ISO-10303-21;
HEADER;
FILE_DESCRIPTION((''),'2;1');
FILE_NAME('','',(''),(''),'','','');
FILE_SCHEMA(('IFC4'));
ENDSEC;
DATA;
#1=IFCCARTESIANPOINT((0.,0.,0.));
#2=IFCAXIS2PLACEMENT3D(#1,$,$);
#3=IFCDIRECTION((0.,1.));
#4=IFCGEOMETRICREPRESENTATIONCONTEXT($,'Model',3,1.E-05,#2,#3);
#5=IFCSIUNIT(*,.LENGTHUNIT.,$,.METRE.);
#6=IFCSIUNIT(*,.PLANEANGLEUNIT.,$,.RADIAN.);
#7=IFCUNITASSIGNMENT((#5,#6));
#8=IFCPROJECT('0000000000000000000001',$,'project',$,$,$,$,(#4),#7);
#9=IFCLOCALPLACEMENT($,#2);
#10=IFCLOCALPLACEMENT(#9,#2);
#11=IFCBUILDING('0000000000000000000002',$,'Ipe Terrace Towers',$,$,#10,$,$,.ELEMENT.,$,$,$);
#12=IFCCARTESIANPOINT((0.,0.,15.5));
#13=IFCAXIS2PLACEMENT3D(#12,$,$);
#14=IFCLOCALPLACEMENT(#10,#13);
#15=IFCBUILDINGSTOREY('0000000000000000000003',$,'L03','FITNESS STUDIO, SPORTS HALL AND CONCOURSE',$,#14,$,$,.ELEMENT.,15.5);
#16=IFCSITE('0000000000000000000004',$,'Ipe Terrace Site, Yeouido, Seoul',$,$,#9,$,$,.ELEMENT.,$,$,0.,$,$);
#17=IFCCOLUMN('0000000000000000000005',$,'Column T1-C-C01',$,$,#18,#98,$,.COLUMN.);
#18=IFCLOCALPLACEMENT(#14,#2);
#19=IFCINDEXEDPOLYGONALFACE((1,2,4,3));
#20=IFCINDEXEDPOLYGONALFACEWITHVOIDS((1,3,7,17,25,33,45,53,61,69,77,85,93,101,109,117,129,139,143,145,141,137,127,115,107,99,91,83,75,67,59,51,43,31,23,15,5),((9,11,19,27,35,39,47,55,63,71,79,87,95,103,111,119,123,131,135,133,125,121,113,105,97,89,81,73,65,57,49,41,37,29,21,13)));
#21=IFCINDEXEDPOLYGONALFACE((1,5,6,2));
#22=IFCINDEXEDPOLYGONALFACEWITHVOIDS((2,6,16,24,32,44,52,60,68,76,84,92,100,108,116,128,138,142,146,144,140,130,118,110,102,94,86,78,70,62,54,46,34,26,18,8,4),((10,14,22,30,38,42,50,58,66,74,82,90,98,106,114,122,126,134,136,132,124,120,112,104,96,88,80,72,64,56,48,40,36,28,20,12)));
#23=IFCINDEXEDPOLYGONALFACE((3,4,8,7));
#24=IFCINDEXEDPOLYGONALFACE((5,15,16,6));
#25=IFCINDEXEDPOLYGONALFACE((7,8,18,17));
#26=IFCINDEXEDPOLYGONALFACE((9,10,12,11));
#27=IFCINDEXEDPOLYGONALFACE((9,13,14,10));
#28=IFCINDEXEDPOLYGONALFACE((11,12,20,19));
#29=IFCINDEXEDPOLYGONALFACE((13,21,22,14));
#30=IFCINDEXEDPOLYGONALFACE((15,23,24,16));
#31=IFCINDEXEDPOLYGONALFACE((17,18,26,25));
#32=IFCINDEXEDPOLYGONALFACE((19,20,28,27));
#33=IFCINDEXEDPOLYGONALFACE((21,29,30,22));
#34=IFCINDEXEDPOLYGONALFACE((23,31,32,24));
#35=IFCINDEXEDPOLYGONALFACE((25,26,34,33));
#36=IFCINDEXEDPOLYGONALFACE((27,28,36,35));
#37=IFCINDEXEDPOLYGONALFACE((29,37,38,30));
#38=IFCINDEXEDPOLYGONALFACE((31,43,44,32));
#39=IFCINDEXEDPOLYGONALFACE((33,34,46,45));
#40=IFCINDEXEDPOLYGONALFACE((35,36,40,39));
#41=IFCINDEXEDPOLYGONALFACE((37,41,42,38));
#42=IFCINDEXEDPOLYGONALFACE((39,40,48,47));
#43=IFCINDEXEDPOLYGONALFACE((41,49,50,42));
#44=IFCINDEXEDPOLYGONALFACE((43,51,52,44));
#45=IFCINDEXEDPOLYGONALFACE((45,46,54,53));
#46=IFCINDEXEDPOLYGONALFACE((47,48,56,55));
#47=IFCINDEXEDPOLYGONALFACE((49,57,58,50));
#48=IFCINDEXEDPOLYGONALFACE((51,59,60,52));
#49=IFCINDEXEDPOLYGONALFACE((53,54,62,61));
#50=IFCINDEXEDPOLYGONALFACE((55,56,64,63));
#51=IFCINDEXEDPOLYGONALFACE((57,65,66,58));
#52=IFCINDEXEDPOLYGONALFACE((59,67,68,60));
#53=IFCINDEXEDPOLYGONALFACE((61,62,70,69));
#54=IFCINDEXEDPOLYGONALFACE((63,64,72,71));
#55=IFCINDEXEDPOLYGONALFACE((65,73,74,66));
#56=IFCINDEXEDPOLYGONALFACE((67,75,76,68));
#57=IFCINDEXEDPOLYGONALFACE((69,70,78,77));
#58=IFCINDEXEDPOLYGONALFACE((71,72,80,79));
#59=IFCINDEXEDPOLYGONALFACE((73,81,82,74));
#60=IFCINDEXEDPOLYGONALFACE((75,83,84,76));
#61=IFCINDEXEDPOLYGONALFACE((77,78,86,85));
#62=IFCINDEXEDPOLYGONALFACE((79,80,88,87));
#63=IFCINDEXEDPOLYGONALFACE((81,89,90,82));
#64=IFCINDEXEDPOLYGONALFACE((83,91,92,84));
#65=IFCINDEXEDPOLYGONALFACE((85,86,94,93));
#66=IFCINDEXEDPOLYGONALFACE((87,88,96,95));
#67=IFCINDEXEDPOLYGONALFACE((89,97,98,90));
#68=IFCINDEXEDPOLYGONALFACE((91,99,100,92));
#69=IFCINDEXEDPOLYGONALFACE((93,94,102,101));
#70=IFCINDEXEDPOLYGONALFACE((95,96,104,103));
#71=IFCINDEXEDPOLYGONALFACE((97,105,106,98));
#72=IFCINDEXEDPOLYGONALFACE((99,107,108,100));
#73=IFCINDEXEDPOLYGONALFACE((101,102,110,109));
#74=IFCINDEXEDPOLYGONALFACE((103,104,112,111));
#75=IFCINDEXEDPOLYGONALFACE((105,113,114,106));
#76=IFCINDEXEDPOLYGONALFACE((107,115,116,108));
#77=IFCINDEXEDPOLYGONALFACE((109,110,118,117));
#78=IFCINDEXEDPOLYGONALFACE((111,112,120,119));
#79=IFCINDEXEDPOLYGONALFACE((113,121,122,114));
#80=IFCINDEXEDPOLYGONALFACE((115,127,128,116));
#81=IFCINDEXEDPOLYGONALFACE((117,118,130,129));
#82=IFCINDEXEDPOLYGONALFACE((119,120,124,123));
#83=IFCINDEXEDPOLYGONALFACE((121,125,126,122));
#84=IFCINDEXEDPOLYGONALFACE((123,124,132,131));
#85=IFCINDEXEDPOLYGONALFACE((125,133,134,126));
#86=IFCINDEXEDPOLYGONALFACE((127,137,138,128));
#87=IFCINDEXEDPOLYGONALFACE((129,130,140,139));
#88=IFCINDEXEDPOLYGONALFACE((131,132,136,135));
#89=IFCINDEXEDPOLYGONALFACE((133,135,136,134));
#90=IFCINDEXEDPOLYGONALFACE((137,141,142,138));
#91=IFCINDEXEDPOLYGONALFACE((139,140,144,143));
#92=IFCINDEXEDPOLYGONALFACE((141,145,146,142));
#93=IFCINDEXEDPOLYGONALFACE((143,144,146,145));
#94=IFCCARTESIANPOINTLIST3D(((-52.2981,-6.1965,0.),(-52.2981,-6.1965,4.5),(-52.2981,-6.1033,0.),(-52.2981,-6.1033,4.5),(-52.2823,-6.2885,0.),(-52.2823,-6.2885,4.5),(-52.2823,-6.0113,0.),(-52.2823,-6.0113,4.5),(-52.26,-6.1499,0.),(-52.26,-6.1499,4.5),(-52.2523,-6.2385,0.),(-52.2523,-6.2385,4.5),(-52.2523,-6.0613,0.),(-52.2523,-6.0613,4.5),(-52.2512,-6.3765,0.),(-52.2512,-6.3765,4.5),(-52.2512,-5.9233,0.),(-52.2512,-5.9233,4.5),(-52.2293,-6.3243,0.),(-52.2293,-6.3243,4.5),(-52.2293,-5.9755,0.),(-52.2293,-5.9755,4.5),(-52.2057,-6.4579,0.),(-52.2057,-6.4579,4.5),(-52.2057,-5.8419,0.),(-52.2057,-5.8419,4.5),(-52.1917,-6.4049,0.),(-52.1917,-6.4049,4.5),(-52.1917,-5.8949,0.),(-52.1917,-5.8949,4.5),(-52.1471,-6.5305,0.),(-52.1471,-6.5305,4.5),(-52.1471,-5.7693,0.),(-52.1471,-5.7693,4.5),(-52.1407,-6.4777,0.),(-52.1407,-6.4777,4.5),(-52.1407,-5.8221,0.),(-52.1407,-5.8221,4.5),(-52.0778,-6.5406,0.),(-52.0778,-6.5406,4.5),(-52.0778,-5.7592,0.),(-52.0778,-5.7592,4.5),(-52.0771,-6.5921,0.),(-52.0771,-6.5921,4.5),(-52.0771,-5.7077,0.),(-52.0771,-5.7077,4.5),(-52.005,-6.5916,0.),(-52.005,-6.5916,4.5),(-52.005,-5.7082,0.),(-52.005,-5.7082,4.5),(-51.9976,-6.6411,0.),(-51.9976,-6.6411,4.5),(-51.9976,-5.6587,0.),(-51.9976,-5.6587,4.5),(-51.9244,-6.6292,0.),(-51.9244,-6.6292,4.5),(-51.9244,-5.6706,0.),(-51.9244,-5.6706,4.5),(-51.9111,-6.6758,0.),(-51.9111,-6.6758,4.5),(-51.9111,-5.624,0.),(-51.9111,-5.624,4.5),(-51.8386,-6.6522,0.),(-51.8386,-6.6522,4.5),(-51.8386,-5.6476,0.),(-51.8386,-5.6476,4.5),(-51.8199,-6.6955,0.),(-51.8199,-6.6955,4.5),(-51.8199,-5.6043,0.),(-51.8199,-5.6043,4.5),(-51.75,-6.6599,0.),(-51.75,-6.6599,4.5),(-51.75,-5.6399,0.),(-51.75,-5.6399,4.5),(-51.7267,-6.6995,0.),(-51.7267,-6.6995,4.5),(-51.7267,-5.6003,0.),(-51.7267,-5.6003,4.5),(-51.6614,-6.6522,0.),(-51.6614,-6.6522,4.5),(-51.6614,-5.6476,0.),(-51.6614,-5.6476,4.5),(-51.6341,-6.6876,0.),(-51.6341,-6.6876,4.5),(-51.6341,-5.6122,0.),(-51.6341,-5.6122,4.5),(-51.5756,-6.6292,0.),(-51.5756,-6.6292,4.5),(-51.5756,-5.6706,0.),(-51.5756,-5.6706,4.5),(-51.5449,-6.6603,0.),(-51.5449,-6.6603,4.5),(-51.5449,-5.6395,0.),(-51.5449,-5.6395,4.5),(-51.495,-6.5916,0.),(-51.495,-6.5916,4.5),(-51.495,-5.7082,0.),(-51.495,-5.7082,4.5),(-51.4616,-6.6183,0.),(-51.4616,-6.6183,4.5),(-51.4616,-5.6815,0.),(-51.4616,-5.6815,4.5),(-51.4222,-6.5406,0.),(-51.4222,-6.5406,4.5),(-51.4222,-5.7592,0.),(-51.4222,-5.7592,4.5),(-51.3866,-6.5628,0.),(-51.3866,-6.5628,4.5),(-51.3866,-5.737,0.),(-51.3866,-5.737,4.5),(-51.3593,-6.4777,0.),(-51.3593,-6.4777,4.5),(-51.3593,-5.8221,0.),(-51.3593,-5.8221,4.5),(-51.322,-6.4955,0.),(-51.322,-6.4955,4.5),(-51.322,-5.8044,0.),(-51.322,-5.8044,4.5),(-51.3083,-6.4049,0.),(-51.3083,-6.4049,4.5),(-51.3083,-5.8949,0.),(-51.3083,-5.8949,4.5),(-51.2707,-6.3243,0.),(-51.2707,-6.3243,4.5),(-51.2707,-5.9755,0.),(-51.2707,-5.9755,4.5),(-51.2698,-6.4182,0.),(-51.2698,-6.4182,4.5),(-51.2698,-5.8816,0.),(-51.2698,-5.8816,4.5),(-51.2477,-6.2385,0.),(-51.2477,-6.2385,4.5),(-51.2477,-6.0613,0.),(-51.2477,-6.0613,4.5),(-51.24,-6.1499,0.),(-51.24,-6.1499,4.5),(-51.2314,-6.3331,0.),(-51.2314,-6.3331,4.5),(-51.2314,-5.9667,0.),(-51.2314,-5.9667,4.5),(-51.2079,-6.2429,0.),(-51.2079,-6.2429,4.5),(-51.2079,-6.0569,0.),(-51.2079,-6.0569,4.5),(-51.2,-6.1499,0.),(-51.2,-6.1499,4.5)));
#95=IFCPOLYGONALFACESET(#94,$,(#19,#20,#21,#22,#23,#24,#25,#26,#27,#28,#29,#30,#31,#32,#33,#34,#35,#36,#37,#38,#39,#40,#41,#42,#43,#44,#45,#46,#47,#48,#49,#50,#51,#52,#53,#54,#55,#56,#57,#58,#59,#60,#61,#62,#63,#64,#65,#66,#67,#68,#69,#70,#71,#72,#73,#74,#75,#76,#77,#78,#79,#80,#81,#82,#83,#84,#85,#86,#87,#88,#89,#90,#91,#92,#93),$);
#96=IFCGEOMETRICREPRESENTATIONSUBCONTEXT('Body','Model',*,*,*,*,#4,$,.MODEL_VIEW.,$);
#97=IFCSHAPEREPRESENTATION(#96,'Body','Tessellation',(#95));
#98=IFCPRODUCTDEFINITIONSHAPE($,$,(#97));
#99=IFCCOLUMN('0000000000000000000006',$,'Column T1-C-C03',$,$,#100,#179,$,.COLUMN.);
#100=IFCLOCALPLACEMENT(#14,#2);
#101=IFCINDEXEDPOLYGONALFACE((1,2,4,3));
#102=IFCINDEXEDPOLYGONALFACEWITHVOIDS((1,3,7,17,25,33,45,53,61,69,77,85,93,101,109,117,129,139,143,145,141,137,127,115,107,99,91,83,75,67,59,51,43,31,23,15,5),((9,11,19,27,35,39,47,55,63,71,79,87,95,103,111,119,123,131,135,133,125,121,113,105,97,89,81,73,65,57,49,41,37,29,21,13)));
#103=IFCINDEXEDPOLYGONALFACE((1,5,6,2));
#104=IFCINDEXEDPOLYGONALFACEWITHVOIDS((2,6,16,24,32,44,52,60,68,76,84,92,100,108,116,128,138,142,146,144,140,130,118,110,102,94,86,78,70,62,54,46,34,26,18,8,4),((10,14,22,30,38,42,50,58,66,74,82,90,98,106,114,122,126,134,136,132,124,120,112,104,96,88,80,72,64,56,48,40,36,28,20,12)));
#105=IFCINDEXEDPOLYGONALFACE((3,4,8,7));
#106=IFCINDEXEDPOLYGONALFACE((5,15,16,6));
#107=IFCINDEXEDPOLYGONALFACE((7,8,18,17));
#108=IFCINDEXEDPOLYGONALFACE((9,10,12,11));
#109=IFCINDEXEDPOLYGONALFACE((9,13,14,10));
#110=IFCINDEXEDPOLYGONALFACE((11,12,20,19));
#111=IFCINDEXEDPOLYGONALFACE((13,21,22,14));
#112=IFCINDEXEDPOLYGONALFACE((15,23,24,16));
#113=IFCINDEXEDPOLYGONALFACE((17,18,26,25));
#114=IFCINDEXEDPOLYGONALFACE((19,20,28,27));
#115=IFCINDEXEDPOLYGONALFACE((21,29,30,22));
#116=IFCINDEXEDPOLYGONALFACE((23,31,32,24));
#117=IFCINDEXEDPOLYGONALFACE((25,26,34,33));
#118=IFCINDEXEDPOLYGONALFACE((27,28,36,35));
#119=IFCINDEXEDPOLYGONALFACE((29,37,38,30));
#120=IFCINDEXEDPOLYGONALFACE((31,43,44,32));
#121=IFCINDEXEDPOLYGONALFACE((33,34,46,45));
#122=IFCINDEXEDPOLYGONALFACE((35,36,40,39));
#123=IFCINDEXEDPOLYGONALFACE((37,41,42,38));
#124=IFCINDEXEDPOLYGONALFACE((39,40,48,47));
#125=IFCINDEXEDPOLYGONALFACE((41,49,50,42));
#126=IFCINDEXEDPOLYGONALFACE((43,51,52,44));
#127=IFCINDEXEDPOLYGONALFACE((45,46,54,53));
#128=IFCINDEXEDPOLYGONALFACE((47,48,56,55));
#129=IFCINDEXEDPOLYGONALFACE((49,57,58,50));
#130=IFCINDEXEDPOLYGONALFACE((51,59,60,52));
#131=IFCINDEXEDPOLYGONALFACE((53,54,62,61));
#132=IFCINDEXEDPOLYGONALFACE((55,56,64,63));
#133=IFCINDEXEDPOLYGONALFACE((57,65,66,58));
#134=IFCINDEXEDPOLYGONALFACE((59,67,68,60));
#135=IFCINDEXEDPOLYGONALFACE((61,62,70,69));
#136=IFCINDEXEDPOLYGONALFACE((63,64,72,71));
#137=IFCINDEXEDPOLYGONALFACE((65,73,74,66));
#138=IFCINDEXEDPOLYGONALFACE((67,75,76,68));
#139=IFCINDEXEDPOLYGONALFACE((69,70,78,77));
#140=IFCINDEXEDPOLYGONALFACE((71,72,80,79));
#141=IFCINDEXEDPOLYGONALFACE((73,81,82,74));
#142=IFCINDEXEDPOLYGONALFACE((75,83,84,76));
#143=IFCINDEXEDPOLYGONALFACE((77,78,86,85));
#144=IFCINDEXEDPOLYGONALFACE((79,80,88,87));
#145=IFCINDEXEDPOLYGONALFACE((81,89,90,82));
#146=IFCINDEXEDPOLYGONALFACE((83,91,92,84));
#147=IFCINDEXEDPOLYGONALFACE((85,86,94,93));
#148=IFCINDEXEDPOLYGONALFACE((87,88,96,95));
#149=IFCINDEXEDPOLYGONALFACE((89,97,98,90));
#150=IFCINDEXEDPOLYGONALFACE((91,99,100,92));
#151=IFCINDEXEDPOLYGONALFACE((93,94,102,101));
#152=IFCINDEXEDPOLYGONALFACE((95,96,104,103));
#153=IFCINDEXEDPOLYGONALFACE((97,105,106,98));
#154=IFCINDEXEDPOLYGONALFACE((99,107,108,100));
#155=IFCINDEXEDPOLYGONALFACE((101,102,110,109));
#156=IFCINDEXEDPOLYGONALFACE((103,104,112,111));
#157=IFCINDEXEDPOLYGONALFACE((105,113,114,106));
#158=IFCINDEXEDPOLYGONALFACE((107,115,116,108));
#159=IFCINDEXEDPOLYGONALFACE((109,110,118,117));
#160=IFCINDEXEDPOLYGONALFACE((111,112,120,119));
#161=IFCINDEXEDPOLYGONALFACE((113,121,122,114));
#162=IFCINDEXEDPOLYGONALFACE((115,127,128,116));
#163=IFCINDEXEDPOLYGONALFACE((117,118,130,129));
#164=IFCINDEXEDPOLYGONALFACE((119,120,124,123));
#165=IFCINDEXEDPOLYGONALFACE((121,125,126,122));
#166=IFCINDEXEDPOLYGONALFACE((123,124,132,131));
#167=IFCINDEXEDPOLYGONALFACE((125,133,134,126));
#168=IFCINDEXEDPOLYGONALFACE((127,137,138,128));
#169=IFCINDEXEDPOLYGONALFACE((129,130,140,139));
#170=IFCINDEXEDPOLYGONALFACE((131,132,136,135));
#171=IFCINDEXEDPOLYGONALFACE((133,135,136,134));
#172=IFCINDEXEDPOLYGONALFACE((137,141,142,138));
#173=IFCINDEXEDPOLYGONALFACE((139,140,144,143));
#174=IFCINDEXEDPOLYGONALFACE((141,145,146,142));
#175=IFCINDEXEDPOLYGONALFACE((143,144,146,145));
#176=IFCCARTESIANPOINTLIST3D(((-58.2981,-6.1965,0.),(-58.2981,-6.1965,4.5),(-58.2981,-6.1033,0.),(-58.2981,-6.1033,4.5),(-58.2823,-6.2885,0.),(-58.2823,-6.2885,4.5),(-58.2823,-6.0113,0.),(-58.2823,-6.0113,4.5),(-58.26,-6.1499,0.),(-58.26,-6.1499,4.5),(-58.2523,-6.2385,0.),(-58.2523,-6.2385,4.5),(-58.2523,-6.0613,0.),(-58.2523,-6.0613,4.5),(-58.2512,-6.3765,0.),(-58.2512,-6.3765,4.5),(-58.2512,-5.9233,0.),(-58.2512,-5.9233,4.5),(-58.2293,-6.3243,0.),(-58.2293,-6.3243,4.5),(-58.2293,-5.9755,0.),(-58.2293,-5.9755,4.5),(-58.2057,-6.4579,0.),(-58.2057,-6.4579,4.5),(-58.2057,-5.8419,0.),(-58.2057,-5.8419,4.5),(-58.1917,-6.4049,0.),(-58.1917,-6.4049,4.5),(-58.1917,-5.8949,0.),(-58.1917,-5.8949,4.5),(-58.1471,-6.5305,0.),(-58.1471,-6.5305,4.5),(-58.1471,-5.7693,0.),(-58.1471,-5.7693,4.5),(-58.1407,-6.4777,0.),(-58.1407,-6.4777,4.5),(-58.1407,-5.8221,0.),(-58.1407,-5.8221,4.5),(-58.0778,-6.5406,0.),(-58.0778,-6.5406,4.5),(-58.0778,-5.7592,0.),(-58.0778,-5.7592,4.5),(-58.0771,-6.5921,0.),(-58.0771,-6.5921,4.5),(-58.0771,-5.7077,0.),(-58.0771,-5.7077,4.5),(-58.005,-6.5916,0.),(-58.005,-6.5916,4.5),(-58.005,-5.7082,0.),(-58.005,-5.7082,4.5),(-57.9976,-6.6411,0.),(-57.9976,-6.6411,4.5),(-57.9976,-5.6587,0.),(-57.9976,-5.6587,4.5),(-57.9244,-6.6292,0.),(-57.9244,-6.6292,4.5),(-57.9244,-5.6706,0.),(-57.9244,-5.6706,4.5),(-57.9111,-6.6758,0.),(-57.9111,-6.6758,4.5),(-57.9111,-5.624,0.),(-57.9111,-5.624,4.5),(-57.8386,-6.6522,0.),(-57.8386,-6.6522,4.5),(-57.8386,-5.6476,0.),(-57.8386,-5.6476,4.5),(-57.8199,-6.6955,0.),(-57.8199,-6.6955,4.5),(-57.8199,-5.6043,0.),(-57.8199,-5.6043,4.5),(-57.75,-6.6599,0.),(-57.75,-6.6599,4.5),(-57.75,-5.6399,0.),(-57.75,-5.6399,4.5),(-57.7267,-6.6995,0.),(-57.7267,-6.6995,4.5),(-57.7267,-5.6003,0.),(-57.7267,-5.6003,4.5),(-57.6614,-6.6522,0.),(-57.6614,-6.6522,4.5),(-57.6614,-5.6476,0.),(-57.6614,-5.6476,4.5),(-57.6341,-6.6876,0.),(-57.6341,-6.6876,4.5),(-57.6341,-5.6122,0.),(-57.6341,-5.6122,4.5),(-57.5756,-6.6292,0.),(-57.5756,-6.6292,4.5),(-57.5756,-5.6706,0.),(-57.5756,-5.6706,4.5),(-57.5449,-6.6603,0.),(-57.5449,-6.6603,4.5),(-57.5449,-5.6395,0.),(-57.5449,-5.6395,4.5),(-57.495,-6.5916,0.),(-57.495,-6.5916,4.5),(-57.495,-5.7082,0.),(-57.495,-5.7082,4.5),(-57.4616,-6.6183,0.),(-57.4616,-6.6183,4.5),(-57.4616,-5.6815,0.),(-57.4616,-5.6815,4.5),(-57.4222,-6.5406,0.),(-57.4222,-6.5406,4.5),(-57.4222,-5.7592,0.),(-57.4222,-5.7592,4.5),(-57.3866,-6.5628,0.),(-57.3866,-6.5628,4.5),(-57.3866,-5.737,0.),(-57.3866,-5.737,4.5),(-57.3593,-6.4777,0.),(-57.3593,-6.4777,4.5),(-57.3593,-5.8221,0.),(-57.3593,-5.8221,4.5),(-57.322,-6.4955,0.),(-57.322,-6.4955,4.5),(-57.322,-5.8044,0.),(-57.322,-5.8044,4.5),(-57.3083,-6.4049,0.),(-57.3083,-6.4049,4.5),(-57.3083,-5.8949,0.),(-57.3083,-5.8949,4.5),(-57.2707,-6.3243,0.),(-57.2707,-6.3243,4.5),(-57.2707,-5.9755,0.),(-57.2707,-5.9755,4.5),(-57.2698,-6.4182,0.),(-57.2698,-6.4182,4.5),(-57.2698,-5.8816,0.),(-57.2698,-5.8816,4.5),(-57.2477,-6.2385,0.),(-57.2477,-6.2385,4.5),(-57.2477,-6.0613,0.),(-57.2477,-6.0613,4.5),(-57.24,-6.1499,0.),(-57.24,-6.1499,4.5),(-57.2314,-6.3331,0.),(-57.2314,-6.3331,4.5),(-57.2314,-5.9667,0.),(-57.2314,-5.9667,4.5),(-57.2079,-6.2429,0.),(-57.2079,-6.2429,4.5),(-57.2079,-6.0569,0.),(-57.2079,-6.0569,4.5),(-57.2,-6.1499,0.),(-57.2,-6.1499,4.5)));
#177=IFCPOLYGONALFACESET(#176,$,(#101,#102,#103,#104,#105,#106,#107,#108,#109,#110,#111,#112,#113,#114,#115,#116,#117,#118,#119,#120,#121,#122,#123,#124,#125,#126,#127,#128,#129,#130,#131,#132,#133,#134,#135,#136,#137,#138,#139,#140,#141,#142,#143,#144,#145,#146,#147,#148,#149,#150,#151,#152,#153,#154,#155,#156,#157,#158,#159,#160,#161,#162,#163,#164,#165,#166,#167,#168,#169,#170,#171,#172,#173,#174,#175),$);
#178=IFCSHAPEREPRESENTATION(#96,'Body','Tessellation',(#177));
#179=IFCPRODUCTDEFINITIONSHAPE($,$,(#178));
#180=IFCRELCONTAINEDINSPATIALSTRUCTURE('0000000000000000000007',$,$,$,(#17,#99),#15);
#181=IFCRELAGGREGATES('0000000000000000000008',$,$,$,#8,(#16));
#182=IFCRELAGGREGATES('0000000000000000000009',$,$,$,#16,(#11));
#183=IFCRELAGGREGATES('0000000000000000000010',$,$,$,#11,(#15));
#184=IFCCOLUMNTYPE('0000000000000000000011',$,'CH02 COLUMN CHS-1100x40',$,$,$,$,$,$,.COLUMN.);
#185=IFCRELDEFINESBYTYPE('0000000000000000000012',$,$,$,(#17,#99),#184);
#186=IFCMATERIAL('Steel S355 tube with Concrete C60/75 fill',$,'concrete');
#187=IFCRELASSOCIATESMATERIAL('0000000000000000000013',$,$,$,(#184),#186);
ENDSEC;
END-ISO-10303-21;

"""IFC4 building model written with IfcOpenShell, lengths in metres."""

from ifc_helpers import new_model, si_unit, direction, frame, origin, origin_2d, place, context, subcontext, project, spatial, hollow_circle, extrude, material, material_profile, profile_set, type_object, element, save


model = new_model("IFC4")

# Units and contexts
model_context = context("Model", 3, precision=1e-05, world=origin(), true_north=direction((0.0, 1.0)))
body_context = subcontext(model_context, "Body", "Model", "MODEL_VIEW")
ifc_project = project(units=[si_unit("LENGTHUNIT", "METRE"), si_unit("PLANEANGLEUNIT", "RADIAN")], contexts=[model_context])

# Site, building, storey
site_placement = place(None, origin())
site = spatial("IfcSite", under=ifc_project, at=site_placement, Name="Ipe Terrace Site, Yeouido, Seoul", CompositionType="ELEMENT", RefElevation=0.0)
building_placement = place(site_placement, origin())
building = spatial("IfcBuilding", under=site, at=building_placement, Name="Ipe Terrace Towers", CompositionType="ELEMENT")
storey_placement = place(building_placement, frame((0.0, 0.0, 15.5)))
storey = spatial("IfcBuildingStorey", under=building, at=storey_placement, Name="L03", Description="FITNESS STUDIO, SPORTS HALL AND CONCOURSE", CompositionType="ELEMENT", Elevation=15.5)

# Columns
ifc_material_1 = material(Name="Steel S355 tube with Concrete C60/75 fill", Category="concrete")
ifc_material_profile_1 = material_profile(ifc_material_1, hollow_circle(Radius=0.55, WallThickness=0.04, at=origin_2d()), Name="CHS-1100x40")
ifc_profile_set_1 = profile_set([ifc_material_profile_1], Name="Steel S355 tube with Concrete C60/75 fill")
column_type_1 = type_object("IfcColumnType", Name="CH02 COLUMN CHS-1100x40", PredefinedType="COLUMN", material=ifc_profile_set_1)
for number, where, z_axis, x_axis, name in (
    (1, (-51.75, -6.1499, 0.0), (0.0, 0.0, 1.0), (1.0, 0.0, 0.0), "Column T1-C-C01"),
    (2, (-57.75, -6.1499, 0.0), (0.0, 0.0, 1.0), (1.0, 0.0, 0.0), "Column T1-C-C03"),
):
    element("IfcColumn", number, at=place(storey_placement, frame(where, z_axis=z_axis, x_axis=x_axis)), inside=storey, type_object=column_type_1, Name=name, PredefinedType="COLUMN", context=body_context, shape_type="SweptSolid", body=[
        extrude(hollow_circle(Radius=0.55, WallThickness=0.04, at=origin_2d()), origin(), (0.0, 0.0, 1.0), 4.5),
    ])

save(model, "model.ifc")
